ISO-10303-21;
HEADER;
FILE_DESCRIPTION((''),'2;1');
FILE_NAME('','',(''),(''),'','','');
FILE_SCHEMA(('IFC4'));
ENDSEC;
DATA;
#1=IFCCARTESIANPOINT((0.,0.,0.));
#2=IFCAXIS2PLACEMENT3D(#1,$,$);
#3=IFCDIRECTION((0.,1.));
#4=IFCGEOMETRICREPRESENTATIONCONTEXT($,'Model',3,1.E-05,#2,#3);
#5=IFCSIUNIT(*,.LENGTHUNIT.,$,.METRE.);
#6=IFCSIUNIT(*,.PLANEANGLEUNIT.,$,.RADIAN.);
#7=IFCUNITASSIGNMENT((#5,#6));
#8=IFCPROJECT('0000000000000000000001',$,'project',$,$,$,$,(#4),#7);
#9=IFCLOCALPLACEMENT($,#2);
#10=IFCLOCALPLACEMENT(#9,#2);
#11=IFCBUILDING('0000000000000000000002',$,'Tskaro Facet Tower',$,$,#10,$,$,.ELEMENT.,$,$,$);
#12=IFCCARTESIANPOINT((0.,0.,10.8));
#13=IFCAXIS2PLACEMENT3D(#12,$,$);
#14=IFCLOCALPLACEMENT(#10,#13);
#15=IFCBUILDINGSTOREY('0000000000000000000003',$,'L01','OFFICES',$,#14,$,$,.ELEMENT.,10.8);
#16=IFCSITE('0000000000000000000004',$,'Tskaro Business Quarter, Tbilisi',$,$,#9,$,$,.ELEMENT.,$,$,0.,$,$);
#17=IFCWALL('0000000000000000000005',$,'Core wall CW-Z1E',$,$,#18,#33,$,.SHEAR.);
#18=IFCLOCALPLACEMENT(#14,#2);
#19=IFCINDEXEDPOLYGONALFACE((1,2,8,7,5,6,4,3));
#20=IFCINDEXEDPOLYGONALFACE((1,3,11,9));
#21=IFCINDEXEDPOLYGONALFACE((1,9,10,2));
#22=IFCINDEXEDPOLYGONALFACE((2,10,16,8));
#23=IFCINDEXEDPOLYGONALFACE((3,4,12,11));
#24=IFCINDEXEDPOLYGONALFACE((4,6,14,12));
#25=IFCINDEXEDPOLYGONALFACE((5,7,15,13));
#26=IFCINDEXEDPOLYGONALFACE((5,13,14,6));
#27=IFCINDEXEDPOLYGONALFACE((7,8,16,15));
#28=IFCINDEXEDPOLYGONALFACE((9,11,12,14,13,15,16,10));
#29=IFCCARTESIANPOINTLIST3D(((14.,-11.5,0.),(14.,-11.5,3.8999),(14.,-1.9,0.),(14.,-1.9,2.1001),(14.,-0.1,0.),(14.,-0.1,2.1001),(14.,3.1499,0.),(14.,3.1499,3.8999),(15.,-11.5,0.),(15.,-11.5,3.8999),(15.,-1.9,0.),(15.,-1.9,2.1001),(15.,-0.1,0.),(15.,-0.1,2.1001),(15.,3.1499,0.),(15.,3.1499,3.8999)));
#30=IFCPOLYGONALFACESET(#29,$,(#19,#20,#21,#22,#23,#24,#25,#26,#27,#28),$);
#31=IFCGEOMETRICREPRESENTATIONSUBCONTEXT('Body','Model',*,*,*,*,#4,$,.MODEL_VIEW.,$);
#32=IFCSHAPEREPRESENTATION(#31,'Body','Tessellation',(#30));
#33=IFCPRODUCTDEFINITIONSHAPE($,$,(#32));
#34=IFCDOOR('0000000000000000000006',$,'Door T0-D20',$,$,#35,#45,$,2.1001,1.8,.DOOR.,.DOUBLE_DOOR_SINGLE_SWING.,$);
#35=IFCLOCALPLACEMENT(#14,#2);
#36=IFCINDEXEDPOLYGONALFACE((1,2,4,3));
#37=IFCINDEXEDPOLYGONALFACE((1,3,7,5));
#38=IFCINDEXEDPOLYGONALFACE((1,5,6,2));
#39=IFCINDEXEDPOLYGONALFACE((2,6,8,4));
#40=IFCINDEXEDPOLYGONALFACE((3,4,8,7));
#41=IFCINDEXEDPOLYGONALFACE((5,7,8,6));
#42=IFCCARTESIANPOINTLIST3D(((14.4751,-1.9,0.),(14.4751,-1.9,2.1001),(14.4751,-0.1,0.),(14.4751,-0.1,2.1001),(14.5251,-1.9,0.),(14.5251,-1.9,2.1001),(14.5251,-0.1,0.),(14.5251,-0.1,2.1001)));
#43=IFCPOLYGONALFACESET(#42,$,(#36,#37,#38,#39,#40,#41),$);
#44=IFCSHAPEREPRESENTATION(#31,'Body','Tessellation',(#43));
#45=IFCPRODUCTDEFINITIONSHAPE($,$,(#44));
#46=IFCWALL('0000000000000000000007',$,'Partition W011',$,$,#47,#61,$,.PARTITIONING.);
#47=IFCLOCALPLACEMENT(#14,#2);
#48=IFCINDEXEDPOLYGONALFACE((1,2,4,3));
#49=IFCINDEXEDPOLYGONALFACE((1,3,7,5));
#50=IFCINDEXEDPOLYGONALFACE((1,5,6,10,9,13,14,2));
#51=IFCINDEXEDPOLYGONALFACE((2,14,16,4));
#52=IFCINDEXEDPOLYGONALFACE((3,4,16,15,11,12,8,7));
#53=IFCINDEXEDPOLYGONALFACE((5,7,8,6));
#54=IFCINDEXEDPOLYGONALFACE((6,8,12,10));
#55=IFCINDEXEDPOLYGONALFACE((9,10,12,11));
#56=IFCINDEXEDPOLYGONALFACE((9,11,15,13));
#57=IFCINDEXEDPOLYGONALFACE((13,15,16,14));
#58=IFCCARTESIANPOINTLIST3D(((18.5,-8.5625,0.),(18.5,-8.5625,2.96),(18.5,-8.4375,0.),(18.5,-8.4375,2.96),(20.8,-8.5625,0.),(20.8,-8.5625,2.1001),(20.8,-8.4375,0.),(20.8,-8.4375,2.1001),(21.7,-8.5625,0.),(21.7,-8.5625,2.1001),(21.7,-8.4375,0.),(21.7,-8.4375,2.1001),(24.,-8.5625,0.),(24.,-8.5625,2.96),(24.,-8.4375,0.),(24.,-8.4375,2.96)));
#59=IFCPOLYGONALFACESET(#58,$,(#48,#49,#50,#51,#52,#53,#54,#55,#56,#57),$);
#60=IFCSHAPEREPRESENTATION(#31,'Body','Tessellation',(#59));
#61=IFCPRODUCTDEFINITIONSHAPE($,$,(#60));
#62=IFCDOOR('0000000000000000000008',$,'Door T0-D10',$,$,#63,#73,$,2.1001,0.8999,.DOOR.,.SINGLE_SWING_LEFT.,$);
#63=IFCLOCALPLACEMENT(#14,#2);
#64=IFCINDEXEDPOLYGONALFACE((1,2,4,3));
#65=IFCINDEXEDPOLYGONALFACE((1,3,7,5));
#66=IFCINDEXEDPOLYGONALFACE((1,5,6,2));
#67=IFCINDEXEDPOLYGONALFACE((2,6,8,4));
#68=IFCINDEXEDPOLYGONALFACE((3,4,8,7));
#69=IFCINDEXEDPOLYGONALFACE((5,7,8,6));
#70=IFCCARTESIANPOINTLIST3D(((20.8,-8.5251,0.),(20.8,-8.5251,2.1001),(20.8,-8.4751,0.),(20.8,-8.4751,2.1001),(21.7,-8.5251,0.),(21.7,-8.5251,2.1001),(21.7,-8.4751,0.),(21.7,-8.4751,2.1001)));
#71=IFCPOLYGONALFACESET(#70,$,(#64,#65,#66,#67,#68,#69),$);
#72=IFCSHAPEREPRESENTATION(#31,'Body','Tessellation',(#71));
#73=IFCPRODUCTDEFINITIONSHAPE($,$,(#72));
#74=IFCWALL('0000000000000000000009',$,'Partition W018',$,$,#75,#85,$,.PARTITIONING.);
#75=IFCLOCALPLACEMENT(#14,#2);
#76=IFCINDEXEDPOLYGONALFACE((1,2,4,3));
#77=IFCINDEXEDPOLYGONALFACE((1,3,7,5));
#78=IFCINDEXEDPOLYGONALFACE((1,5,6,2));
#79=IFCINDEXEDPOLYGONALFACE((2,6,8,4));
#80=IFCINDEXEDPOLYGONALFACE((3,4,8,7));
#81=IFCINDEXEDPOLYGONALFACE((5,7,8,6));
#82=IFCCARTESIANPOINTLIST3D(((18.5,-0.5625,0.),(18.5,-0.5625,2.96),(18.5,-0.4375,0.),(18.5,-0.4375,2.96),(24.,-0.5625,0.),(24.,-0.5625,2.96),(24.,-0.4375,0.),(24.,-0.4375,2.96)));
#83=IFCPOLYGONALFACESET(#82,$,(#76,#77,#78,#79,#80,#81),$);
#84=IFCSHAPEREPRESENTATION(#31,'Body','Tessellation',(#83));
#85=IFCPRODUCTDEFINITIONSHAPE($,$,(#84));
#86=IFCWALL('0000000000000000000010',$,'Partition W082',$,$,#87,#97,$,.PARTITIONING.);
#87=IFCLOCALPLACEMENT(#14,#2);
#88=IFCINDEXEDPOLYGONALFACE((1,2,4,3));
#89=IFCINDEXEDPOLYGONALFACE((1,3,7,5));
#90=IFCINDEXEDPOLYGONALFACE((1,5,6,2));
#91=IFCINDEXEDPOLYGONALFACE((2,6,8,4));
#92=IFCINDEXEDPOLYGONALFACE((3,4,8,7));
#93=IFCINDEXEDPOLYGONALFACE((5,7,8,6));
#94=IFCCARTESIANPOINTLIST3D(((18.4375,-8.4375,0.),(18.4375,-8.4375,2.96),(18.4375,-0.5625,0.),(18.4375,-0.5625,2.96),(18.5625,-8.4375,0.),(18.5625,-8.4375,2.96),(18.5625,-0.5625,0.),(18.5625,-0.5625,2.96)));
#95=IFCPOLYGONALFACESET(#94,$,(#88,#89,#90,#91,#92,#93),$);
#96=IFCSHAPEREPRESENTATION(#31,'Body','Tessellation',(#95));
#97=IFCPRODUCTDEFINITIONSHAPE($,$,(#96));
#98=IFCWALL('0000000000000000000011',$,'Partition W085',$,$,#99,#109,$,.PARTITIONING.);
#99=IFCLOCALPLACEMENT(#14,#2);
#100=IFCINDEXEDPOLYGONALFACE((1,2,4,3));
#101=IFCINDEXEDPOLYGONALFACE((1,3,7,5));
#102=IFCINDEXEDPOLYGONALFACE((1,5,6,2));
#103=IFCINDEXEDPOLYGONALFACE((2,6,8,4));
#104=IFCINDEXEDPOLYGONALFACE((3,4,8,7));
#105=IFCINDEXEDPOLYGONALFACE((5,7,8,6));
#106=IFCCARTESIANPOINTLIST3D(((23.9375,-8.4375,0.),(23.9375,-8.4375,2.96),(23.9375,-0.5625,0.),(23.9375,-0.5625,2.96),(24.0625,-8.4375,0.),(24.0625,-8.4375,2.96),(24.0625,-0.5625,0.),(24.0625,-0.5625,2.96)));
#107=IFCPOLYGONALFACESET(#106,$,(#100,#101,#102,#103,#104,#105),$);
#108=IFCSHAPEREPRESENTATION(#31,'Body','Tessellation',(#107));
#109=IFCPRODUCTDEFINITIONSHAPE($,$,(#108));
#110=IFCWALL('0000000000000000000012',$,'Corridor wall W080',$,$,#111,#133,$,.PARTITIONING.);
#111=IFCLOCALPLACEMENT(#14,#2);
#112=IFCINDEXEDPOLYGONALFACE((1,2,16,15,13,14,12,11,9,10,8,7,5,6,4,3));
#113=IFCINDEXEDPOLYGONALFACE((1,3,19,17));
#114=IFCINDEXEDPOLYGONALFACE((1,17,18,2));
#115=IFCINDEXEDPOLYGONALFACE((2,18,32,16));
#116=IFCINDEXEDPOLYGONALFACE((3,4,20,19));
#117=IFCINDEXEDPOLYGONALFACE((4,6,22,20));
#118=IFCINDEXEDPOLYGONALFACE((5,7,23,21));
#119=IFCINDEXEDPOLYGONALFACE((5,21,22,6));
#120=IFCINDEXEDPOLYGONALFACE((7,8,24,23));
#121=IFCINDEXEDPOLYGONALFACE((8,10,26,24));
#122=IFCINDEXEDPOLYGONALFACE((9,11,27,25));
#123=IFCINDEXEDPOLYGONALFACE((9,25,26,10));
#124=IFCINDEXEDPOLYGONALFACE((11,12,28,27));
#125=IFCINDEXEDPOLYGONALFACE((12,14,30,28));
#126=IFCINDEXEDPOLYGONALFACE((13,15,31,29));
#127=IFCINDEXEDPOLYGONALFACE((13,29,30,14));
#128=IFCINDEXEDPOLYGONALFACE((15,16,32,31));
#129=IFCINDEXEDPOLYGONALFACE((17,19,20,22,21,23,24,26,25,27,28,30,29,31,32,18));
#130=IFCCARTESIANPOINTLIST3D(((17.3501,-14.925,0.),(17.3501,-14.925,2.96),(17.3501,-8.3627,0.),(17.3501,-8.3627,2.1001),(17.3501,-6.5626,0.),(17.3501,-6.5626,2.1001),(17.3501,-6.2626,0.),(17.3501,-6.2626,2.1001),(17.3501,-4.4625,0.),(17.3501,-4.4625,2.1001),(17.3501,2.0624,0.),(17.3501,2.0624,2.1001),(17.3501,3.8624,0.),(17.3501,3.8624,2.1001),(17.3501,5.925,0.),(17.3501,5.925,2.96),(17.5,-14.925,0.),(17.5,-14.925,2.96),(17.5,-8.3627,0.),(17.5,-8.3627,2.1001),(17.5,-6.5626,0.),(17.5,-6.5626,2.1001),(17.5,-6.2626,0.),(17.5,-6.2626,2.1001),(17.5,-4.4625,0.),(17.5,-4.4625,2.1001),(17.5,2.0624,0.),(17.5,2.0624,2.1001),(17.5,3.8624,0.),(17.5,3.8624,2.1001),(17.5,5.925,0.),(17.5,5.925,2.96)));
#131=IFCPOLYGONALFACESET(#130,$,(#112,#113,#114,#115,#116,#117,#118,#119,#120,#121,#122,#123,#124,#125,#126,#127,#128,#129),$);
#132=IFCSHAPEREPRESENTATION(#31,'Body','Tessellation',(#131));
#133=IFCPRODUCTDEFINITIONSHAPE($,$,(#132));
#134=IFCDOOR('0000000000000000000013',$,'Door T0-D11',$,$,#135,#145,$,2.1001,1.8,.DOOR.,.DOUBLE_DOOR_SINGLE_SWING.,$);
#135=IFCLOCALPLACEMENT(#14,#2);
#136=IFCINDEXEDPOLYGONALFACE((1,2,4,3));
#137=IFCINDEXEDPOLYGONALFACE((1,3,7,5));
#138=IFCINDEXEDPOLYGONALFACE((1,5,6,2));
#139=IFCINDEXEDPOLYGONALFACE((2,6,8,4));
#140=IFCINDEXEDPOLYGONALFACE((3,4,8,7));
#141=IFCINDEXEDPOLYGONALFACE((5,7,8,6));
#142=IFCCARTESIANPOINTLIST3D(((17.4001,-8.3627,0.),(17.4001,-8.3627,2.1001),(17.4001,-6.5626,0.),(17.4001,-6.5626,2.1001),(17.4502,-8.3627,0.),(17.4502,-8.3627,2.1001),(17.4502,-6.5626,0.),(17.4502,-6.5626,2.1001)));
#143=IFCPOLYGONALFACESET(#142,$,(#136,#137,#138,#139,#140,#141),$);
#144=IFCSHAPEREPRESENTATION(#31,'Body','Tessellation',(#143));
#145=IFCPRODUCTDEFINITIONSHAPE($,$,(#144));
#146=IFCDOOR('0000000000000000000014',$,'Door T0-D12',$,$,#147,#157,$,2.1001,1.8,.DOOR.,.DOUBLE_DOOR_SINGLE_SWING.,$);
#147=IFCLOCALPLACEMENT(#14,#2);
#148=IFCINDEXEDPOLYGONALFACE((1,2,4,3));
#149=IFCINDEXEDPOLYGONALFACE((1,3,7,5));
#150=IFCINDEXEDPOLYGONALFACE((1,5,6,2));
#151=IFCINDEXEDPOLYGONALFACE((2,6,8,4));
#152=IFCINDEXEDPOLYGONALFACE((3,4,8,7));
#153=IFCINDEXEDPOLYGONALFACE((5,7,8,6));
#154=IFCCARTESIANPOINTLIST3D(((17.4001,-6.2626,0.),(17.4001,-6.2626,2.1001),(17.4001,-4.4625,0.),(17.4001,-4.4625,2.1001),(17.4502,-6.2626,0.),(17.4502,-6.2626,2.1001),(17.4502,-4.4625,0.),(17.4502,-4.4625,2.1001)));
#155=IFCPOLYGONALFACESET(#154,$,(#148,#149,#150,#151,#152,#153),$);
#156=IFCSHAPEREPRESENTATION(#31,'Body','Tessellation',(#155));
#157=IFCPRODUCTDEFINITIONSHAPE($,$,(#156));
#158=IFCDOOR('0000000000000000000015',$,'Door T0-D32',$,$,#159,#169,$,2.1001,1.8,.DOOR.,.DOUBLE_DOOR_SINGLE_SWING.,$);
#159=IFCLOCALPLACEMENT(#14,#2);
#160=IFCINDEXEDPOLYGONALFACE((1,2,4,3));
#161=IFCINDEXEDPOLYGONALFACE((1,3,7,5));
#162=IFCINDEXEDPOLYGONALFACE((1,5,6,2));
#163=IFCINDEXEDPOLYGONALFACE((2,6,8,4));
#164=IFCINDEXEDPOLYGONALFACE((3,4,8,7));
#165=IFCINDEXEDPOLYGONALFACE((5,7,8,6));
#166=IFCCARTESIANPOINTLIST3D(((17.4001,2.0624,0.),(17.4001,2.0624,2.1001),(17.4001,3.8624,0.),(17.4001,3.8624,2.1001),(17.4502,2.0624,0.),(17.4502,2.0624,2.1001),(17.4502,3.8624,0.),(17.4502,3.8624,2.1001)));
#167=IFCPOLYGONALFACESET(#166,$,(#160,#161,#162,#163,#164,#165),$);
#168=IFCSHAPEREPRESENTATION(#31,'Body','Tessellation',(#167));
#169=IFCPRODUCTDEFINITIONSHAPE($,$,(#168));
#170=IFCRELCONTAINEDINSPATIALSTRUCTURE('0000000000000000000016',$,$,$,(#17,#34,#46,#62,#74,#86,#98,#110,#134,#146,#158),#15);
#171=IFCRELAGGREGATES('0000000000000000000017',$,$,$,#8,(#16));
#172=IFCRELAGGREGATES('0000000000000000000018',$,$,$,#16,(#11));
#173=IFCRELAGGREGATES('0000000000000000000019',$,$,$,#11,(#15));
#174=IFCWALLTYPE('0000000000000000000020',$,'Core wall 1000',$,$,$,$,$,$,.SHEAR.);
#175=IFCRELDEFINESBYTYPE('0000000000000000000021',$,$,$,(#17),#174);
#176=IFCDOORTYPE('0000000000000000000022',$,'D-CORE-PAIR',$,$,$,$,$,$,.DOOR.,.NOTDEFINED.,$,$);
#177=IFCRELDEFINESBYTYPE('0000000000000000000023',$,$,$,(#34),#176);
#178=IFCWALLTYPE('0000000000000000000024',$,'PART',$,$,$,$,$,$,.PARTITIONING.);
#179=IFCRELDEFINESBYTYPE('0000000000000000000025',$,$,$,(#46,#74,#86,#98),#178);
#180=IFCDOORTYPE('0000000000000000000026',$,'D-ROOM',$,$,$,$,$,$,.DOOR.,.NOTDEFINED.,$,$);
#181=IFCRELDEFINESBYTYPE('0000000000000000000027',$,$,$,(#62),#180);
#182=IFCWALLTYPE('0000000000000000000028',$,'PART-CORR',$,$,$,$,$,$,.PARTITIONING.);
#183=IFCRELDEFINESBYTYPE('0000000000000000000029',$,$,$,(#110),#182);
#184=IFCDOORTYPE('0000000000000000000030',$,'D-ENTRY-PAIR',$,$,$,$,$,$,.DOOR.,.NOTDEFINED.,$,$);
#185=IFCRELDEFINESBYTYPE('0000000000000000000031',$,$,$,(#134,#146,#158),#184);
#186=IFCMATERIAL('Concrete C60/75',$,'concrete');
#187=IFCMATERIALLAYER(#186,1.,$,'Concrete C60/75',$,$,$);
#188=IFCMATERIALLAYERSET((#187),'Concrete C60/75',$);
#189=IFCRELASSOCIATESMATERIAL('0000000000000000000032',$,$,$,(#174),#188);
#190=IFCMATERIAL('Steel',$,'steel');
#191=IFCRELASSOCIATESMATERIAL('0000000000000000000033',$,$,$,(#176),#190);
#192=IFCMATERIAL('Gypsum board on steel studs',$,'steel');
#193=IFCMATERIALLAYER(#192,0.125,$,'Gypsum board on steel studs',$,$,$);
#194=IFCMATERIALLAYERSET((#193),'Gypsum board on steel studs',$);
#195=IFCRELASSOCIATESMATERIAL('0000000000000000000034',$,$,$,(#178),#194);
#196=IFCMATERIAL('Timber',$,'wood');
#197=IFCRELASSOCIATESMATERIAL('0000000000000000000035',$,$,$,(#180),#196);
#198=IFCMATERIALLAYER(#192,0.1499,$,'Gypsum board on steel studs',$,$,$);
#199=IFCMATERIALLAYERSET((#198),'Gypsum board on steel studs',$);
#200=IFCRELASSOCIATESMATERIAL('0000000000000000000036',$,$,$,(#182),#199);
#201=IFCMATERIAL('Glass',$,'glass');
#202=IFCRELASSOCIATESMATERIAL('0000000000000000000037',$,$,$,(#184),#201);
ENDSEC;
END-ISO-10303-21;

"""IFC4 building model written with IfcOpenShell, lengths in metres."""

from ifc_helpers import new_model, si_unit, direction, frame, frame_2d, origin, place, context, subcontext, project, spatial, rectangle, extrude, material, layer, layer_set, type_object, element, fill, save


model = new_model("IFC4")

# Units and contexts
model_context = context("Model", 3, precision=1e-05, world=origin(), true_north=direction((0.0, 1.0)))
body_context = subcontext(model_context, "Body", "Model", "MODEL_VIEW")
ifc_project = project(units=[si_unit("LENGTHUNIT", "METRE"), si_unit("PLANEANGLEUNIT", "RADIAN")], contexts=[model_context])

# Site, building, storey
site_placement = place(None, origin())
site = spatial("IfcSite", under=ifc_project, at=site_placement, Name="Tskaro Business Quarter, Tbilisi", CompositionType="ELEMENT", RefElevation=0.0)
building_placement = place(site_placement, origin())
building = spatial("IfcBuilding", under=site, at=building_placement, Name="Tskaro Facet Tower", CompositionType="ELEMENT")
storey_placement = place(building_placement, frame((0.0, 0.0, 10.8)))
storey = spatial("IfcBuildingStorey", under=building, at=storey_placement, Name="L01", Description="OFFICES", CompositionType="ELEMENT", Elevation=10.8)

# Walls, openings, doors
ifc_material_1 = material(Name="Concrete C60/75", Category="concrete")
ifc_layer_1 = layer(ifc_material_1, 1.0, Name="Concrete C60/75")
ifc_layer_set_1 = layer_set([ifc_layer_1], Name="Concrete C60/75")
wall_type_1 = type_object("IfcWallType", Name="Core wall 1000", PredefinedType="SHEAR", material=ifc_layer_set_1)
wall_1_placement = place(storey_placement, frame((14.5, -11.5, 0.0), z_axis=(0.0, 0.0, 1.0), x_axis=(0.0, 1.0, 0.0)))
wall_1 = element("IfcWall", 1, at=wall_1_placement, inside=storey, type_object=wall_type_1, Name="Core wall CW-Z1E", PredefinedType="SHEAR", context=body_context, shape_type="SweptSolid", body=[
    extrude(rectangle(XDim=14.6499, YDim=1.0, at=frame_2d((7.325, 0.0))), origin(), (0.0, 0.0, 1.0), 3.8999),
])
opening_1_placement = place(wall_1_placement, frame((9.6001, 0.0, 0.0)))
opening_1 = element("IfcOpeningElement", 2, at=opening_1_placement, cuts=wall_1, PredefinedType="OPENING", context=body_context, shape_type="SweptSolid", body=[
    extrude(rectangle(XDim=1.8, YDim=2.1001, at=frame_2d((0.8999, 1.05))), frame((0.0, 0.51, 0.0), z_axis=(0.0, -1.0, 0.0), x_axis=(1.0, 0.0, 0.0)), (0.0, 0.0, 1.0), 1.02),
])
ifc_material_2 = material(Name="Steel", Category="steel")
door_type_1 = type_object("IfcDoorType", Name="D-CORE-PAIR", OperationType="NOTDEFINED", PredefinedType="DOOR", material=ifc_material_2)
door_1_placement = place(opening_1_placement, origin())
door_1 = element("IfcDoor", 3, at=door_1_placement, inside=storey, type_object=door_type_1, Name="Door T0-D20", OperationType="DOUBLE_DOOR_SINGLE_SWING", OverallHeight=2.1001, OverallWidth=1.8, PredefinedType="DOOR", context=body_context, shape_type="SweptSolid", body=[
    extrude(rectangle(XDim=1.8, YDim=2.1001, at=frame_2d((0.8999, 1.05))), frame((0.0, 0.0249, 0.0), z_axis=(0.0, -1.0, 0.0), x_axis=(1.0, 0.0, 0.0)), (0.0, 0.0, 1.0), 0.05),
])
fill(opening_1, door_1)
ifc_material_3 = material(Name="Gypsum board on steel studs", Category="steel")
ifc_layer_2 = layer(ifc_material_3, 0.125, Name="Gypsum board on steel studs")
ifc_layer_set_2 = layer_set([ifc_layer_2], Name="Gypsum board on steel studs")
wall_type_2 = type_object("IfcWallType", Name="PART", PredefinedType="PARTITIONING", material=ifc_layer_set_2)
wall_2_placement = place(storey_placement, frame((18.5, -8.5, 0.0), z_axis=(0.0, 0.0, 1.0), x_axis=(1.0, 0.0, 0.0)))
wall_2 = element("IfcWall", 4, at=wall_2_placement, inside=storey, type_object=wall_type_2, Name="Partition W011", PredefinedType="PARTITIONING", context=body_context, shape_type="SweptSolid", body=[
    extrude(rectangle(XDim=5.5, YDim=0.125, at=frame_2d((2.75, 0.0))), origin(), (0.0, 0.0, 1.0), 2.96),
])
opening_2_placement = place(wall_2_placement, frame((2.3, 0.0, 0.0)))
opening_2 = element("IfcOpeningElement", 5, at=opening_2_placement, cuts=wall_2, PredefinedType="OPENING", context=body_context, shape_type="SweptSolid", body=[
    extrude(rectangle(XDim=0.8999, YDim=2.1001, at=frame_2d((0.45, 1.05))), frame((0.0, 0.0725, 0.0), z_axis=(0.0, -1.0, 0.0), x_axis=(1.0, 0.0, 0.0)), (0.0, 0.0, 1.0), 0.145),
])
ifc_material_4 = material(Name="Timber", Category="wood")
door_type_2 = type_object("IfcDoorType", Name="D-ROOM", OperationType="NOTDEFINED", PredefinedType="DOOR", material=ifc_material_4)
door_2_placement = place(opening_2_placement, origin())
door_2 = element("IfcDoor", 6, at=door_2_placement, inside=storey, type_object=door_type_2, Name="Door T0-D10", OperationType="SINGLE_SWING_LEFT", OverallHeight=2.1001, OverallWidth=0.8999, PredefinedType="DOOR", context=body_context, shape_type="SweptSolid", body=[
    extrude(rectangle(XDim=0.8999, YDim=2.1001, at=frame_2d((0.45, 1.05))), frame((0.0, 0.0249, 0.0), z_axis=(0.0, -1.0, 0.0), x_axis=(1.0, 0.0, 0.0)), (0.0, 0.0, 1.0), 0.05),
])
fill(opening_2, door_2)

# Walls
wall_3_placement = place(storey_placement, frame((18.5, -0.5, 0.0), z_axis=(0.0, 0.0, 1.0), x_axis=(1.0, 0.0, 0.0)))
element("IfcWall", 7, at=wall_3_placement, inside=storey, type_object=wall_type_2, Name="Partition W018", PredefinedType="PARTITIONING", context=body_context, shape_type="SweptSolid", body=[
    extrude(rectangle(XDim=5.5, YDim=0.125, at=frame_2d((2.75, 0.0))), origin(), (0.0, 0.0, 1.0), 2.96),
])
for number, where, z_axis, x_axis, name in (
    (8, (18.5, -8.4375, 0.0), (0.0, 0.0, 1.0), (0.0, 1.0, 0.0), "Partition W082"),
    (9, (24.0, -8.4375, 0.0), (0.0, 0.0, 1.0), (0.0, 1.0, 0.0), "Partition W085"),
):
    element("IfcWall", number, at=place(storey_placement, frame(where, z_axis=z_axis, x_axis=x_axis)), inside=storey, type_object=wall_type_2, Name=name, PredefinedType="PARTITIONING", context=body_context, shape_type="SweptSolid", body=[
        extrude(rectangle(XDim=7.875, YDim=0.125, at=frame_2d((3.9375, 0.0))), origin(), (0.0, 0.0, 1.0), 2.96),
    ])

# Wall, openings, doors
ifc_layer_3 = layer(ifc_material_3, 0.1499, Name="Gypsum board on steel studs")
ifc_layer_set_3 = layer_set([ifc_layer_3], Name="Gypsum board on steel studs")
wall_type_3 = type_object("IfcWallType", Name="PART-CORR", PredefinedType="PARTITIONING", material=ifc_layer_set_3)
wall_4_placement = place(storey_placement, frame((17.425, -14.925, 0.0), z_axis=(0.0, 0.0, 1.0), x_axis=(0.0, 1.0, 0.0)))
wall_4 = element("IfcWall", 10, at=wall_4_placement, inside=storey, type_object=wall_type_3, Name="Corridor wall W080", PredefinedType="PARTITIONING", context=body_context, shape_type="SweptSolid", body=[
    extrude(rectangle(XDim=20.8501, YDim=0.1499, at=frame_2d((10.425, 0.0))), origin(), (0.0, 0.0, 1.0), 2.96),
])
opening_3_placement = place(wall_4_placement, frame((6.5625, 0.0, 0.0)))
opening_3 = element("IfcOpeningElement", 11, at=opening_3_placement, cuts=wall_4, PredefinedType="OPENING", context=body_context, shape_type="SweptSolid", body=[
    extrude(rectangle(XDim=1.8, YDim=2.1001, at=frame_2d((0.8999, 1.05))), frame((0.0, 0.085, 0.0), z_axis=(0.0, -1.0, 0.0), x_axis=(1.0, 0.0, 0.0)), (0.0, 0.0, 1.0), 0.1699),
])
opening_4_placement = place(wall_4_placement, frame((8.6626, 0.0, 0.0)))
opening_4 = element("IfcOpeningElement", 12, at=opening_4_placement, cuts=wall_4, PredefinedType="OPENING", context=body_context, shape_type="SweptSolid", body=[
    extrude(rectangle(XDim=1.8, YDim=2.1001, at=frame_2d((0.8999, 1.05))), frame((0.0, 0.085, 0.0), z_axis=(0.0, -1.0, 0.0), x_axis=(1.0, 0.0, 0.0)), (0.0, 0.0, 1.0), 0.1699),
])
opening_5_placement = place(wall_4_placement, frame((16.9875, 0.0, 0.0)))
opening_5 = element("IfcOpeningElement", 13, at=opening_5_placement, cuts=wall_4, PredefinedType="OPENING", context=body_context, shape_type="SweptSolid", body=[
    extrude(rectangle(XDim=1.8, YDim=2.1001, at=frame_2d((0.8999, 1.05))), frame((0.0, 0.085, 0.0), z_axis=(0.0, -1.0, 0.0), x_axis=(1.0, 0.0, 0.0)), (0.0, 0.0, 1.0), 0.1699),
])
ifc_material_5 = material(Name="Glass", Category="glass")
door_type_3 = type_object("IfcDoorType", Name="D-ENTRY-PAIR", OperationType="NOTDEFINED", PredefinedType="DOOR", material=ifc_material_5)
door_3_placement = place(opening_3_placement, origin())
door_3 = element("IfcDoor", 14, at=door_3_placement, inside=storey, type_object=door_type_3, Name="Door T0-D11", OperationType="DOUBLE_DOOR_SINGLE_SWING", OverallHeight=2.1001, OverallWidth=1.8, PredefinedType="DOOR", context=body_context, shape_type="SweptSolid", body=[
    extrude(rectangle(XDim=1.8, YDim=2.1001, at=frame_2d((0.8999, 1.05))), frame((0.0, 0.0249, 0.0), z_axis=(0.0, -1.0, 0.0), x_axis=(1.0, 0.0, 0.0)), (0.0, 0.0, 1.0), 0.05),
])
fill(opening_3, door_3)
door_4_placement = place(opening_4_placement, origin())
door_4 = element("IfcDoor", 15, at=door_4_placement, inside=storey, type_object=door_type_3, Name="Door T0-D12", OperationType="DOUBLE_DOOR_SINGLE_SWING", OverallHeight=2.1001, OverallWidth=1.8, PredefinedType="DOOR", context=body_context, shape_type="SweptSolid", body=[
    extrude(rectangle(XDim=1.8, YDim=2.1001, at=frame_2d((0.8999, 1.05))), frame((0.0, 0.0249, 0.0), z_axis=(0.0, -1.0, 0.0), x_axis=(1.0, 0.0, 0.0)), (0.0, 0.0, 1.0), 0.05),
])
fill(opening_4, door_4)
door_5_placement = place(opening_5_placement, origin())
door_5 = element("IfcDoor", 16, at=door_5_placement, inside=storey, type_object=door_type_3, Name="Door T0-D32", OperationType="DOUBLE_DOOR_SINGLE_SWING", OverallHeight=2.1001, OverallWidth=1.8, PredefinedType="DOOR", context=body_context, shape_type="SweptSolid", body=[
    extrude(rectangle(XDim=1.8, YDim=2.1001, at=frame_2d((0.8999, 1.05))), frame((0.0, 0.0249, 0.0), z_axis=(0.0, -1.0, 0.0), x_axis=(1.0, 0.0, 0.0)), (0.0, 0.0, 1.0), 0.05),
])
fill(opening_5, door_5)

save(model, "model.ifc")
